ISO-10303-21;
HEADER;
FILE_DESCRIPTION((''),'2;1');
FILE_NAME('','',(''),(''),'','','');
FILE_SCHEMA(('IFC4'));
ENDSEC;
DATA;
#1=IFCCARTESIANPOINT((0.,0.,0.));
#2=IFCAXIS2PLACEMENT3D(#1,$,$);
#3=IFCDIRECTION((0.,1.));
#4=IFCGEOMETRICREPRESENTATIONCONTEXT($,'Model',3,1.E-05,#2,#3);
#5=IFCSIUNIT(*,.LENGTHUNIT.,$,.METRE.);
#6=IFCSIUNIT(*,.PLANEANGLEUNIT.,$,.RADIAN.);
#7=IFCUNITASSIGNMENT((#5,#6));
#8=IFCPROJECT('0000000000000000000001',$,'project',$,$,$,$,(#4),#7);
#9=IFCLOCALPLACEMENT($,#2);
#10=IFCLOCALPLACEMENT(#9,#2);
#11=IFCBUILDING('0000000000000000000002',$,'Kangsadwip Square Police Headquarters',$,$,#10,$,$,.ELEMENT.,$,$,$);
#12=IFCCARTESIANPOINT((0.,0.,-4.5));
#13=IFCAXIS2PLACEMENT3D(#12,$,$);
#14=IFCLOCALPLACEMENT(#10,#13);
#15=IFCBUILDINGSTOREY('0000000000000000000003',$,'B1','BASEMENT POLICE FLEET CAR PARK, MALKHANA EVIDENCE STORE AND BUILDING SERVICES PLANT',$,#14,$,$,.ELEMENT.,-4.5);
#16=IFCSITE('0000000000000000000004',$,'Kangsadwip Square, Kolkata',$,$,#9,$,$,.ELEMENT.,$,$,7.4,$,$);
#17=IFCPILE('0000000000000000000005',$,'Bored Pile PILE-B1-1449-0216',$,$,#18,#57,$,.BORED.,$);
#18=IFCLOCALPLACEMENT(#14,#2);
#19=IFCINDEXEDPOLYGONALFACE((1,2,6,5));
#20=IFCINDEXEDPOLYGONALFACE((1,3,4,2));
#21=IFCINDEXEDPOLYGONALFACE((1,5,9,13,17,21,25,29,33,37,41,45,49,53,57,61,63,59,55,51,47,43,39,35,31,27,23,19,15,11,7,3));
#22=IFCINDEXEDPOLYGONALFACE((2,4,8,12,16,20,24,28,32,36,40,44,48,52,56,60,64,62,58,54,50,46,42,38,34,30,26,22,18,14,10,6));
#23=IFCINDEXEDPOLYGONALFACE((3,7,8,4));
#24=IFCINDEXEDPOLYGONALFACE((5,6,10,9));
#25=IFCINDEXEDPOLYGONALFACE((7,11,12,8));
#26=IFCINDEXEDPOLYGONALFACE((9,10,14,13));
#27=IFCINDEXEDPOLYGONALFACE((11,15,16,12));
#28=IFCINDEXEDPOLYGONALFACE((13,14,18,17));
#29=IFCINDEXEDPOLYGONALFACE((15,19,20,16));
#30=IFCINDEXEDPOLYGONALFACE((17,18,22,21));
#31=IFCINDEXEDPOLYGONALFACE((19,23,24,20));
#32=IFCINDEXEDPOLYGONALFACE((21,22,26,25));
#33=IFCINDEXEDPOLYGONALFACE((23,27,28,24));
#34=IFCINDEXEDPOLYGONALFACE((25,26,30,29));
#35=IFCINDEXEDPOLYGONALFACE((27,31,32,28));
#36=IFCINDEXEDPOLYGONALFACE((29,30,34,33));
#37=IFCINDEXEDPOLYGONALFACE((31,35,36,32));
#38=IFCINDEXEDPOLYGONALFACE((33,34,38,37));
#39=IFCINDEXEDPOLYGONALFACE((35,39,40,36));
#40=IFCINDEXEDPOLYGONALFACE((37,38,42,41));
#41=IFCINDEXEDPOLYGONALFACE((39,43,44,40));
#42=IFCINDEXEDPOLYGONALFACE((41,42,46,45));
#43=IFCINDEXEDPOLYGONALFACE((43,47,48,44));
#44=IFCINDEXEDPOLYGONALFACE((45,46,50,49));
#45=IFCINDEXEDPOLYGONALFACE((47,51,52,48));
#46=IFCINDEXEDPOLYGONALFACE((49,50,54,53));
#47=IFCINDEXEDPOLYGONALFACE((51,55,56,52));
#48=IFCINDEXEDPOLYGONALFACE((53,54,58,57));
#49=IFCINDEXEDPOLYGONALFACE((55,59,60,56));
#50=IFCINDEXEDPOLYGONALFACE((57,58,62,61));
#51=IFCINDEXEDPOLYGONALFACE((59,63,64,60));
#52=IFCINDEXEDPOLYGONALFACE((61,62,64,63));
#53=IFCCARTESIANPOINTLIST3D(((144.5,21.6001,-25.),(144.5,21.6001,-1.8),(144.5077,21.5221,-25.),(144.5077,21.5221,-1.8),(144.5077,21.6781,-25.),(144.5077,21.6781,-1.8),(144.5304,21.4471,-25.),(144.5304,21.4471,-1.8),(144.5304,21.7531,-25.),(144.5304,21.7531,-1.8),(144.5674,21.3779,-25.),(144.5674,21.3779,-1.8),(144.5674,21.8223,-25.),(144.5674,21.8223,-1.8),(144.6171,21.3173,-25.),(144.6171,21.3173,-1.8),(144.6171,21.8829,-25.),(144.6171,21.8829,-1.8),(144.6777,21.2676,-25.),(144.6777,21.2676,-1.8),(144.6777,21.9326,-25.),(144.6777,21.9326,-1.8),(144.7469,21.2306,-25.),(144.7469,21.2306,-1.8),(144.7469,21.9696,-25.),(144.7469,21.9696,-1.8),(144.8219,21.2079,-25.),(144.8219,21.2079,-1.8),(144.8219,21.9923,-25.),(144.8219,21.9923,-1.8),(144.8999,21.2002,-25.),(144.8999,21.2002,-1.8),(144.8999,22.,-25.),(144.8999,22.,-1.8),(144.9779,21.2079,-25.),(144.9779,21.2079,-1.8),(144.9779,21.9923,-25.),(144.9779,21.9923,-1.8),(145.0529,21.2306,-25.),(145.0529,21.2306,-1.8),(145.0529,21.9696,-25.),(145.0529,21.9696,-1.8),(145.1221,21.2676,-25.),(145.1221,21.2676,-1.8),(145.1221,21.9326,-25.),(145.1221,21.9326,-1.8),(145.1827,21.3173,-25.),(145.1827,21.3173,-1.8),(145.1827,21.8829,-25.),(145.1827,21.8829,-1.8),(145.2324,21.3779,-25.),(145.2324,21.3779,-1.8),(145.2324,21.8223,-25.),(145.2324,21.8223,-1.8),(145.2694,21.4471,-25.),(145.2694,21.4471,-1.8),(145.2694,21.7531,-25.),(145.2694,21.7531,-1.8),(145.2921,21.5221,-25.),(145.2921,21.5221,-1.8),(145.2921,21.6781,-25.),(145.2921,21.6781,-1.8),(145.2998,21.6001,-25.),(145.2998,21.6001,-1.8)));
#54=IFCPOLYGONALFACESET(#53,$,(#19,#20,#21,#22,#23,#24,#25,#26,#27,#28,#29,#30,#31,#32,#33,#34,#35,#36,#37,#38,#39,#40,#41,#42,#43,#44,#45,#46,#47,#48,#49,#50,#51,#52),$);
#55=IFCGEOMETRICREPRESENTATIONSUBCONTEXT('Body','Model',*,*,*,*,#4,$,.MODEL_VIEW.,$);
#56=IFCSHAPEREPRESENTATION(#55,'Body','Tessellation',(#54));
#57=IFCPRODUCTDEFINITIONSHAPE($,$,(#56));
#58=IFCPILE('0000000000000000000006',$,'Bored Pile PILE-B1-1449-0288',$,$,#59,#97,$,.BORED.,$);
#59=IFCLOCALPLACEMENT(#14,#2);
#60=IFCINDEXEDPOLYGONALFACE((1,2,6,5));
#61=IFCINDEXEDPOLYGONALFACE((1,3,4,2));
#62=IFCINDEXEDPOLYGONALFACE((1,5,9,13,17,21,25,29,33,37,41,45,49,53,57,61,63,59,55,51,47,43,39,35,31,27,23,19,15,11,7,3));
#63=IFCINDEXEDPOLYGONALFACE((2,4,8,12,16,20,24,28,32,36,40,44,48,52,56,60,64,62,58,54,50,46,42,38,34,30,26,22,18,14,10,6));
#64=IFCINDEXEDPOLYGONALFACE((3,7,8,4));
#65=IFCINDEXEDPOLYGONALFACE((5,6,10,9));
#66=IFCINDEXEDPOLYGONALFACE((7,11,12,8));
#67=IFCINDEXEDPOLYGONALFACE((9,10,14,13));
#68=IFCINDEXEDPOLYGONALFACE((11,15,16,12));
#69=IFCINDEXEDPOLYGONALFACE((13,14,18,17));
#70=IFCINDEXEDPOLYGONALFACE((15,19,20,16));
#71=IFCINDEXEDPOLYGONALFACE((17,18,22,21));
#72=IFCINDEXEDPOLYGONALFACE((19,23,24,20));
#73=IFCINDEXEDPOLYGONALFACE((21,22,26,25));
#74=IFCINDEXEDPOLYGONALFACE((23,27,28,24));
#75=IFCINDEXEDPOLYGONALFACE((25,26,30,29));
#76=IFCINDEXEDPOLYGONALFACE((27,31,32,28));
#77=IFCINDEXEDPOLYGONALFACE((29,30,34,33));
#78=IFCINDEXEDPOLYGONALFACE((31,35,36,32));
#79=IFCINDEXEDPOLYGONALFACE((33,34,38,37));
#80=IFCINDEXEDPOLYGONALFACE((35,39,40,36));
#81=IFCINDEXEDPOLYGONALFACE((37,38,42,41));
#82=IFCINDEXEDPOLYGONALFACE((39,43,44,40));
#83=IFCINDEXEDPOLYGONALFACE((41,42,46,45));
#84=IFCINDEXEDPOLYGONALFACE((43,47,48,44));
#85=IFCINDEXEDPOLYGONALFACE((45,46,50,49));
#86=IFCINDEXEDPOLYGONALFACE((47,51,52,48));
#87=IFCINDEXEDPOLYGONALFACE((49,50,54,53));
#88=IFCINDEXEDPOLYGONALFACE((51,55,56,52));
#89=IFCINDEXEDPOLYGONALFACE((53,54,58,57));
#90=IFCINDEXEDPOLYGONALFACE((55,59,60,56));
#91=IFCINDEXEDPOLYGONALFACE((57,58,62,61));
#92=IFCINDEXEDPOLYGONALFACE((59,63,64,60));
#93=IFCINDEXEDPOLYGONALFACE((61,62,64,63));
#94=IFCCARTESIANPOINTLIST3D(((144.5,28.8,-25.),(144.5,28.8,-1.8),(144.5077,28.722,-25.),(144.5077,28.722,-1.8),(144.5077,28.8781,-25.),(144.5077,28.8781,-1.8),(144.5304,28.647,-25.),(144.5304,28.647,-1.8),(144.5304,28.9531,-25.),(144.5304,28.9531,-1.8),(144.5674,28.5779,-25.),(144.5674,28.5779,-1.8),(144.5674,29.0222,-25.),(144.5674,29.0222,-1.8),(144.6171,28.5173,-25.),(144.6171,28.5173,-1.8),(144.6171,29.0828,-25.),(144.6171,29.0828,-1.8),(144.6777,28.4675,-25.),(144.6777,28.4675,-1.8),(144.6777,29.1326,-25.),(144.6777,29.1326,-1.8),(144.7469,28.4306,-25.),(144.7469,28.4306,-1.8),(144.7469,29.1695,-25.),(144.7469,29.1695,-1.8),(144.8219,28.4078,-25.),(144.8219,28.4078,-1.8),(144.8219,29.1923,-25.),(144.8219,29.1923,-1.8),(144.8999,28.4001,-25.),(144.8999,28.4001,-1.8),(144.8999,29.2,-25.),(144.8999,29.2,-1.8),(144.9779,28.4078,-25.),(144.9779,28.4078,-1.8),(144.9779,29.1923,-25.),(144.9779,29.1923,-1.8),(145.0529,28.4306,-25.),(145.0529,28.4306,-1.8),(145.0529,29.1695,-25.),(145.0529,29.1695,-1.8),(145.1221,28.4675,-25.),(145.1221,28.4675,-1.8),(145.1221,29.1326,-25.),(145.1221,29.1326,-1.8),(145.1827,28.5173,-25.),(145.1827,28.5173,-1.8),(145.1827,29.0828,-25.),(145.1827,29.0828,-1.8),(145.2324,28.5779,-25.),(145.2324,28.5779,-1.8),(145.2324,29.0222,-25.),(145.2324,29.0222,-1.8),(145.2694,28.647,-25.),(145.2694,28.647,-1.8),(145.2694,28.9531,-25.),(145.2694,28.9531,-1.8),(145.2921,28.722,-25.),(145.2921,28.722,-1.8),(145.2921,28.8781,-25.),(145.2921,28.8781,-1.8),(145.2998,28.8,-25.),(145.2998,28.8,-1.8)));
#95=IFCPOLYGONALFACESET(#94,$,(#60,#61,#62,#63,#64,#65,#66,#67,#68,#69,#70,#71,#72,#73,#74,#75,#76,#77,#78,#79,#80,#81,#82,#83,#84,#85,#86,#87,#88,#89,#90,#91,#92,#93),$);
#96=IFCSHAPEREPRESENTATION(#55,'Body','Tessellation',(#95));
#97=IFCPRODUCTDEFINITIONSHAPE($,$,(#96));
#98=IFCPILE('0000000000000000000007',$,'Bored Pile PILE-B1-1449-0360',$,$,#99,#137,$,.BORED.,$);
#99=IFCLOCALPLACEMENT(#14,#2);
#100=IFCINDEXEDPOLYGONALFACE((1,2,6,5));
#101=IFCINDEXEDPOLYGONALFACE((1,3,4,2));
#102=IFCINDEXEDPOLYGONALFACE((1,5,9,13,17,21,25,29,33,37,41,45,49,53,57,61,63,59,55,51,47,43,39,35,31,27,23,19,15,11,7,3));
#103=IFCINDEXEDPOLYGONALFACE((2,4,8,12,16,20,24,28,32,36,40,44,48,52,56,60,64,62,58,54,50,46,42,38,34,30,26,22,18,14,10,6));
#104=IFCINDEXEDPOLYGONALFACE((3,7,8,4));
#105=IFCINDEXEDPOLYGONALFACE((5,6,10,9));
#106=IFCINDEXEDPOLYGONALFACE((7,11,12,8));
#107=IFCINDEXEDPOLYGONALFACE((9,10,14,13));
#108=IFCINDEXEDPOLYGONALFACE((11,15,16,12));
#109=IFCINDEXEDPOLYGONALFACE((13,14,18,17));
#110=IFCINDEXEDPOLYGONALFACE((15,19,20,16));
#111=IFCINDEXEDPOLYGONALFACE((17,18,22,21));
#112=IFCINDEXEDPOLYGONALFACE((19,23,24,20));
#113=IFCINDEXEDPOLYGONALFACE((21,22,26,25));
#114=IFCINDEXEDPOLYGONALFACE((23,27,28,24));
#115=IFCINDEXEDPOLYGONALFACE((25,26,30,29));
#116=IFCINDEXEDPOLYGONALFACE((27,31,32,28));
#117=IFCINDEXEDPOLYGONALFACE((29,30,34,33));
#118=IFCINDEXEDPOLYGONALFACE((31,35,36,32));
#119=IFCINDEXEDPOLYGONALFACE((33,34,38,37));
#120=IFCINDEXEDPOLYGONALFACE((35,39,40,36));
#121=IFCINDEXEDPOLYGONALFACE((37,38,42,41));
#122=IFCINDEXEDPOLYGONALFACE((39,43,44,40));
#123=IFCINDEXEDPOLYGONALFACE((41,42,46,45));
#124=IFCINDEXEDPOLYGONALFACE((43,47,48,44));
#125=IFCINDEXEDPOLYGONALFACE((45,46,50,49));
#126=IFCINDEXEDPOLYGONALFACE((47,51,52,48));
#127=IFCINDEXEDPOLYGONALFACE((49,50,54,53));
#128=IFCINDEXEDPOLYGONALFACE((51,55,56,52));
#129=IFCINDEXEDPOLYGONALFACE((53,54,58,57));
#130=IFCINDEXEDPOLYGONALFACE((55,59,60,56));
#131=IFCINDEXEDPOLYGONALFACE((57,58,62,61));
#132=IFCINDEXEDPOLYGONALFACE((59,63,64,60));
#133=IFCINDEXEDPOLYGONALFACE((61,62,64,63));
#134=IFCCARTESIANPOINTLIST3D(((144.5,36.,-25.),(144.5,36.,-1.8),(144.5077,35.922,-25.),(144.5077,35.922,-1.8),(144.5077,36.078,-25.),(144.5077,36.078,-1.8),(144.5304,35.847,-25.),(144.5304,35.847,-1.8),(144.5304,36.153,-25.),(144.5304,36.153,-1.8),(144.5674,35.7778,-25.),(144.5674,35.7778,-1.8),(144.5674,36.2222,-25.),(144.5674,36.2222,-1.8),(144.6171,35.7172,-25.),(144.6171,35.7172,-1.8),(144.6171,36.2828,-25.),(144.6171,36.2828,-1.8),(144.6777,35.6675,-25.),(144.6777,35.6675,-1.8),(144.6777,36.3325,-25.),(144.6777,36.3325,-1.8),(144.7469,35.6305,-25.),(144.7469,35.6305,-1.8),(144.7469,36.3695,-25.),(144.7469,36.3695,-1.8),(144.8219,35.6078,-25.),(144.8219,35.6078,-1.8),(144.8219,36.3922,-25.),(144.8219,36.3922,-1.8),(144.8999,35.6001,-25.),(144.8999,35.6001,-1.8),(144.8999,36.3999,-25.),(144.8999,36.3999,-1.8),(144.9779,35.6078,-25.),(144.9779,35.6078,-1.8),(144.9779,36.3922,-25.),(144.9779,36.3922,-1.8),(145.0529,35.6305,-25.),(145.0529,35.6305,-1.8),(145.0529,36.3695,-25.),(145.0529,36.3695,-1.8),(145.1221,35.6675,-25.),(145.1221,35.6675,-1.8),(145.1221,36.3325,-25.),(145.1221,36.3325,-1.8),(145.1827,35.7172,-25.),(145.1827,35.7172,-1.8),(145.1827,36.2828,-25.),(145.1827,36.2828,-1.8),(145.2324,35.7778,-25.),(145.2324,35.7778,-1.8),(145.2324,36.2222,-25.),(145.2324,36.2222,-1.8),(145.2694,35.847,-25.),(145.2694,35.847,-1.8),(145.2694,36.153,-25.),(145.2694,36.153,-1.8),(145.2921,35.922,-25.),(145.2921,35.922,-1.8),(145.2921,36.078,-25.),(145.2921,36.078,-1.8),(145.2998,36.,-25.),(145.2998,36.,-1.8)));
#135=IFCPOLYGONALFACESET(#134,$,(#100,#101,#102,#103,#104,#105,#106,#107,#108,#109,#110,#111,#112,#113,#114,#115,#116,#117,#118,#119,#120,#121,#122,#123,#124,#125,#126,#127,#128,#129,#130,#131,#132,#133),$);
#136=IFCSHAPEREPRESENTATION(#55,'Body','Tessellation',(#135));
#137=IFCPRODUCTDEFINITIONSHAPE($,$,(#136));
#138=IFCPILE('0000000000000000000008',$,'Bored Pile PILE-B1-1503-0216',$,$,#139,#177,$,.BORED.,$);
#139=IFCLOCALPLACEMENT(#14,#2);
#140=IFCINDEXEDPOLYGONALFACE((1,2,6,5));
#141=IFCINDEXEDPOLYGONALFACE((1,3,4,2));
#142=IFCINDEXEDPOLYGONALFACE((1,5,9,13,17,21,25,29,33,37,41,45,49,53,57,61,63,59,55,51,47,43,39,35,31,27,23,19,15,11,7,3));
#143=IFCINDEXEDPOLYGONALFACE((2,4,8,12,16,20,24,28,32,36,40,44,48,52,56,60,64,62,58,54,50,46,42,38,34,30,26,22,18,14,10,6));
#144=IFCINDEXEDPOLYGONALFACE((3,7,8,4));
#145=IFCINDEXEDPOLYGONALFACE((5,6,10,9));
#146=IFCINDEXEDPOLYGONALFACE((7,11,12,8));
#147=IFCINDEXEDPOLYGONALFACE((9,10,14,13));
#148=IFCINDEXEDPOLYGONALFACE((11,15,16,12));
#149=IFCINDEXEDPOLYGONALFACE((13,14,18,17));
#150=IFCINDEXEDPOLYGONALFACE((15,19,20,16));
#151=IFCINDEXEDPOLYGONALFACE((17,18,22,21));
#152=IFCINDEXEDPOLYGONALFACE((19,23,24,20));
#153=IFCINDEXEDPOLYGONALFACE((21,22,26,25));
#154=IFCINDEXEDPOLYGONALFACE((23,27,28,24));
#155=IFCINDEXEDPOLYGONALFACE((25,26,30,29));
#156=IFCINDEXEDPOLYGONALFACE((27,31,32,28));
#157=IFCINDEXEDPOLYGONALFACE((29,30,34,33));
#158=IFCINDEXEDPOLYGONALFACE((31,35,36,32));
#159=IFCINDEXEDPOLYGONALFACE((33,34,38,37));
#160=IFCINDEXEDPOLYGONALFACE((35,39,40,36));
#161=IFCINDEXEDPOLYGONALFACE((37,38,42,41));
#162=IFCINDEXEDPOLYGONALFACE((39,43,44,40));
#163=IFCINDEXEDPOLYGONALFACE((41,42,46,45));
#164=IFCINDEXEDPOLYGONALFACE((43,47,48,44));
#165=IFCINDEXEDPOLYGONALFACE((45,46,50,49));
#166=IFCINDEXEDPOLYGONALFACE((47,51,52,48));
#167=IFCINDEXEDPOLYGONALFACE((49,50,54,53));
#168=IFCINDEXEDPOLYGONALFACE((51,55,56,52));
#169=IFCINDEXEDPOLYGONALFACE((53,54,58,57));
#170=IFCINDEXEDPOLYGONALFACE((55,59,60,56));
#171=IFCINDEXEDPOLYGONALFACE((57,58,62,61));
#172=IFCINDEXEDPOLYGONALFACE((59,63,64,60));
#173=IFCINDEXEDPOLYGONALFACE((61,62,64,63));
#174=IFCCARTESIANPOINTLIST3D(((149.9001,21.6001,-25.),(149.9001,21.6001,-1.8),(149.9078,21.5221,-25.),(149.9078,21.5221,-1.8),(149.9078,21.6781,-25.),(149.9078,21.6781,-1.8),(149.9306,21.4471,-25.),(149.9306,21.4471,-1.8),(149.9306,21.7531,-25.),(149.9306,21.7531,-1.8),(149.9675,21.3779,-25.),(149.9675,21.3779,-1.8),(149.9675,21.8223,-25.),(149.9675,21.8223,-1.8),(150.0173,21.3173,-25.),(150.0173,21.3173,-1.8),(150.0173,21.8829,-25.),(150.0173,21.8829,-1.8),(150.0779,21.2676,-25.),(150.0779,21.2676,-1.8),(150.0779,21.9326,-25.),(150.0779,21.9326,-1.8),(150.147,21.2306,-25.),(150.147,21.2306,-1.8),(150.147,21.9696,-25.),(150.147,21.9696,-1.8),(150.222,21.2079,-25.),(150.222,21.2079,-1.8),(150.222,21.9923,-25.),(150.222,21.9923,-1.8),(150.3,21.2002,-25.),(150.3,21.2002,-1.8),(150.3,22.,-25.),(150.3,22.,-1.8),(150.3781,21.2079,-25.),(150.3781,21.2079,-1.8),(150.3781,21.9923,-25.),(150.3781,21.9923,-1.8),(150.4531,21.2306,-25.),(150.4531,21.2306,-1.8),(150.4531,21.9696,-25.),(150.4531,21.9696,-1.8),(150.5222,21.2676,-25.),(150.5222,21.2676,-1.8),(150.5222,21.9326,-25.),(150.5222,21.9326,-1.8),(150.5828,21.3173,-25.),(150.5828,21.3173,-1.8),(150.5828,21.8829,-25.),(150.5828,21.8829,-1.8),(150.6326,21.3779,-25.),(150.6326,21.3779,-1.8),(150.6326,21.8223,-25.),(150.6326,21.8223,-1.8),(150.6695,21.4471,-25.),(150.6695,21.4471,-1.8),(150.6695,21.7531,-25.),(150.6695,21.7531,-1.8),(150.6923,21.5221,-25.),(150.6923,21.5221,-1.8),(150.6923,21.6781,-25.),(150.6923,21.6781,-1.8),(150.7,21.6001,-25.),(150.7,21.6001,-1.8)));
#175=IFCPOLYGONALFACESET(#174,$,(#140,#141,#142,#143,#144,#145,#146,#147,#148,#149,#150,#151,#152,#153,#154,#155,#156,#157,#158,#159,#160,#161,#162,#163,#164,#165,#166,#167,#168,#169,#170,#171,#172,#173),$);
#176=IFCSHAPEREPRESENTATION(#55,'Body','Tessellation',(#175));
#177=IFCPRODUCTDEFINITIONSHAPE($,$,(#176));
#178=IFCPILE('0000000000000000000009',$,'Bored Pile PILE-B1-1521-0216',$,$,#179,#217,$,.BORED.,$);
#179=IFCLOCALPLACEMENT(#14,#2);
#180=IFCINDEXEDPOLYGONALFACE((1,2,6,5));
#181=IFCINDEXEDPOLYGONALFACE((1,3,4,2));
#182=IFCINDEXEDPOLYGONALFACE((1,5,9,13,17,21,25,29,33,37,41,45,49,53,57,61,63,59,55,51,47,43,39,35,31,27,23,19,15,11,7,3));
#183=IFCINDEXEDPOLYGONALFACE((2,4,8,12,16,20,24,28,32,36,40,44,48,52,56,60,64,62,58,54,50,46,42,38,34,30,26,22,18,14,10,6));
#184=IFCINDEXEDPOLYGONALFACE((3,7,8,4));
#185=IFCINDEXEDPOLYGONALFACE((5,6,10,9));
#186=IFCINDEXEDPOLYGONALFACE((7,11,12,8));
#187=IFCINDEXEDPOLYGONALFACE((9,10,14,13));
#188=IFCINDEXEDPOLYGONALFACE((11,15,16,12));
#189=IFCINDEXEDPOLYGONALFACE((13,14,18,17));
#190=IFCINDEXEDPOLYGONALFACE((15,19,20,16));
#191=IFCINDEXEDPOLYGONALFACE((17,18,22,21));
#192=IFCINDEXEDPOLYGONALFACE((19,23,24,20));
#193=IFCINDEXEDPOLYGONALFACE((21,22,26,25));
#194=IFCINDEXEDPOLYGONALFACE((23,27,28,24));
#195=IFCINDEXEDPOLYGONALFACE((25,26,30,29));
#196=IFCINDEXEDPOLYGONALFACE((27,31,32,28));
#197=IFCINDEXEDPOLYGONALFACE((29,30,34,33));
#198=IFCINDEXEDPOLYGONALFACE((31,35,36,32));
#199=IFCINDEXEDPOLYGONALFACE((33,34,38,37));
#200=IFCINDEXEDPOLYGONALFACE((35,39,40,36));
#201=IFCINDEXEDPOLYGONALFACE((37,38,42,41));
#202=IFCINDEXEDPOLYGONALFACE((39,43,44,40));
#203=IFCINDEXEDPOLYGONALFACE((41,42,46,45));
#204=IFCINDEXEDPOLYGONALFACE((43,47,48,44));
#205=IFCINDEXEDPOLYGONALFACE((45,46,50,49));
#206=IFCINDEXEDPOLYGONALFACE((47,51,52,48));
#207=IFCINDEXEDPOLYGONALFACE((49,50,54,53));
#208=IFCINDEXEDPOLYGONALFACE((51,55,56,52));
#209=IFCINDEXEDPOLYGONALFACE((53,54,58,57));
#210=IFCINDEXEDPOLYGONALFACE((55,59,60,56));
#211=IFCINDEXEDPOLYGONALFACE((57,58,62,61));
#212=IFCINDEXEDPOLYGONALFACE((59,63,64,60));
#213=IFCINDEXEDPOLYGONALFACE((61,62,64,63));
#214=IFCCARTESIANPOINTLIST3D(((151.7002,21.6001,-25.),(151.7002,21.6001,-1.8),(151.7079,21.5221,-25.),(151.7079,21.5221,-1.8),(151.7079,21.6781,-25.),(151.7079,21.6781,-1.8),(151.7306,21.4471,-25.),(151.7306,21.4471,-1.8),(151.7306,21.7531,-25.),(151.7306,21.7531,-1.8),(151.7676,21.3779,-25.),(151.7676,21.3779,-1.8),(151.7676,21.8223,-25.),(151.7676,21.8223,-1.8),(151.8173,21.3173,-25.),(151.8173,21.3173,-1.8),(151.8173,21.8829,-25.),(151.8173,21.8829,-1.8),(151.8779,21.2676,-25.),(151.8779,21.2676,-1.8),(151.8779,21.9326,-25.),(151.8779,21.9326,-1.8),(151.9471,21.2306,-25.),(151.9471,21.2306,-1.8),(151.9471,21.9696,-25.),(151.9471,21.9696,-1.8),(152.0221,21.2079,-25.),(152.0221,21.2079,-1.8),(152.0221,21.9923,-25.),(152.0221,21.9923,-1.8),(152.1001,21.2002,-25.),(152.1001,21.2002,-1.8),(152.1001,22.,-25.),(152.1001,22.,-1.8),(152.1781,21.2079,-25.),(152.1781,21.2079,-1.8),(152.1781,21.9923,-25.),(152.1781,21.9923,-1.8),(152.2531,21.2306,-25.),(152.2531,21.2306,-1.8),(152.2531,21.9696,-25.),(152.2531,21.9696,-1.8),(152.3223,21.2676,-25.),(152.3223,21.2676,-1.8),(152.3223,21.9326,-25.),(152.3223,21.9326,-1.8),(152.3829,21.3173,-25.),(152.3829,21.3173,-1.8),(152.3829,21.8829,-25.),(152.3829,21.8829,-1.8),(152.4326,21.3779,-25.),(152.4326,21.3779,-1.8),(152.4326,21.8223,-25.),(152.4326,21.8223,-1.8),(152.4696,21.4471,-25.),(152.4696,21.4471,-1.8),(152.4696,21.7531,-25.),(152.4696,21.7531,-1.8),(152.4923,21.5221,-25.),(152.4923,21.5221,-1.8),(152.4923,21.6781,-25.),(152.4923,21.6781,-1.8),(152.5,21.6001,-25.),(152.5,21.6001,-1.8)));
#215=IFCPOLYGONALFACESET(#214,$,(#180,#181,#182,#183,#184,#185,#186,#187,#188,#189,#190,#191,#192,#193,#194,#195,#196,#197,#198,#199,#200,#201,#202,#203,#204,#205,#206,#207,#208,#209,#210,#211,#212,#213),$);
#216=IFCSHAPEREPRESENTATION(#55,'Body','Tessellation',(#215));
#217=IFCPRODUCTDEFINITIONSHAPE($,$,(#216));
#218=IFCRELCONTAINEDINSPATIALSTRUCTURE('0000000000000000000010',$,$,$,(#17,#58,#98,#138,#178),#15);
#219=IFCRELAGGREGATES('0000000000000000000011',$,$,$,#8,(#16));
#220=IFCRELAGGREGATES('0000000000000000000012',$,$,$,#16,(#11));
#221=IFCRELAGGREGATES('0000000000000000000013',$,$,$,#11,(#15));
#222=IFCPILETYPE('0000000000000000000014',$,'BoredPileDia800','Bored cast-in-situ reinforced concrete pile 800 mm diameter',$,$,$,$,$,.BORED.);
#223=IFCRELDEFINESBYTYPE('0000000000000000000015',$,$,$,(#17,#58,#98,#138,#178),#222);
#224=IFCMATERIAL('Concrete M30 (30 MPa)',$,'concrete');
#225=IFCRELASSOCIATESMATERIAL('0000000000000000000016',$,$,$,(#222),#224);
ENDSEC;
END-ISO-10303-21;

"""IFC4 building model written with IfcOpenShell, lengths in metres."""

from ifc_helpers import new_model, si_unit, direction, frame, origin, origin_2d, place, context, subcontext, project, spatial, circle, extrude, material, material_profile, profile_set, type_object, element, save


model = new_model("IFC4")

# Units and contexts
model_context = context("Model", 3, precision=1e-05, world=origin(), true_north=direction((0.0, 1.0)))
body_context = subcontext(model_context, "Body", "Model", "MODEL_VIEW")
ifc_project = project(units=[si_unit("LENGTHUNIT", "METRE"), si_unit("PLANEANGLEUNIT", "RADIAN")], contexts=[model_context])

# Site, building, storey
site_placement = place(None, origin())
site = spatial("IfcSite", under=ifc_project, at=site_placement, Name="Kangsadwip Square, Kolkata", CompositionType="ELEMENT", RefElevation=7.4)
building_placement = place(site_placement, origin())
building = spatial("IfcBuilding", under=site, at=building_placement, Name="Kangsadwip Square Police Headquarters", CompositionType="ELEMENT")
storey_placement = place(building_placement, frame((0.0, 0.0, -4.5)))
storey = spatial("IfcBuildingStorey", under=building, at=storey_placement, Name="B1", Description="BASEMENT POLICE FLEET CAR PARK, MALKHANA EVIDENCE STORE AND BUILDING SERVICES PLANT", CompositionType="ELEMENT", Elevation=-4.5)

# Piles
ifc_material_1 = material(Name="Concrete M30 (30 MPa)", Category="concrete")
ifc_material_profile_1 = material_profile(ifc_material_1, circle(Radius=0.3999, at=origin_2d()), Name="PILE DIA 800")
ifc_profile_set_1 = profile_set([ifc_material_profile_1], Name="Concrete M30 (30 MPa)")
pile_type = type_object("IfcPileType", Name="BoredPileDia800", Description="Bored cast-in-situ reinforced concrete pile 800 mm diameter", PredefinedType="BORED", material=ifc_profile_set_1)
for number, where, z_axis, x_axis, name in (
    (1, (144.8999, 21.6001, -1.8), (0.0, 0.0, -1.0), (1.0, 0.0, 0.0), "Bored Pile PILE-B1-1449-0216"),
    (2, (144.8999, 28.8, -1.8), (0.0, 0.0, -1.0), (1.0, 0.0, 0.0), "Bored Pile PILE-B1-1449-0288"),
    (3, (144.8999, 36.0, -1.8), (0.0, 0.0, -1.0), (1.0, 0.0, 0.0), "Bored Pile PILE-B1-1449-0360"),
    (4, (150.3, 21.6001, -1.8), (0.0, 0.0, -1.0), (1.0, 0.0, 0.0), "Bored Pile PILE-B1-1503-0216"),
    (5, (152.1001, 21.6001, -1.8), (0.0, 0.0, -1.0), (1.0, 0.0, 0.0), "Bored Pile PILE-B1-1521-0216"),
):
    element("IfcPile", number, at=place(storey_placement, frame(where, z_axis=z_axis, x_axis=x_axis)), inside=storey, type_object=pile_type, Name=name, PredefinedType="BORED", context=body_context, shape_type="SweptSolid", body=[
        extrude(circle(Radius=0.3999, at=origin_2d()), origin(), (0.0, 0.0, 1.0), 23.2),
    ])

save(model, "model.ifc")
